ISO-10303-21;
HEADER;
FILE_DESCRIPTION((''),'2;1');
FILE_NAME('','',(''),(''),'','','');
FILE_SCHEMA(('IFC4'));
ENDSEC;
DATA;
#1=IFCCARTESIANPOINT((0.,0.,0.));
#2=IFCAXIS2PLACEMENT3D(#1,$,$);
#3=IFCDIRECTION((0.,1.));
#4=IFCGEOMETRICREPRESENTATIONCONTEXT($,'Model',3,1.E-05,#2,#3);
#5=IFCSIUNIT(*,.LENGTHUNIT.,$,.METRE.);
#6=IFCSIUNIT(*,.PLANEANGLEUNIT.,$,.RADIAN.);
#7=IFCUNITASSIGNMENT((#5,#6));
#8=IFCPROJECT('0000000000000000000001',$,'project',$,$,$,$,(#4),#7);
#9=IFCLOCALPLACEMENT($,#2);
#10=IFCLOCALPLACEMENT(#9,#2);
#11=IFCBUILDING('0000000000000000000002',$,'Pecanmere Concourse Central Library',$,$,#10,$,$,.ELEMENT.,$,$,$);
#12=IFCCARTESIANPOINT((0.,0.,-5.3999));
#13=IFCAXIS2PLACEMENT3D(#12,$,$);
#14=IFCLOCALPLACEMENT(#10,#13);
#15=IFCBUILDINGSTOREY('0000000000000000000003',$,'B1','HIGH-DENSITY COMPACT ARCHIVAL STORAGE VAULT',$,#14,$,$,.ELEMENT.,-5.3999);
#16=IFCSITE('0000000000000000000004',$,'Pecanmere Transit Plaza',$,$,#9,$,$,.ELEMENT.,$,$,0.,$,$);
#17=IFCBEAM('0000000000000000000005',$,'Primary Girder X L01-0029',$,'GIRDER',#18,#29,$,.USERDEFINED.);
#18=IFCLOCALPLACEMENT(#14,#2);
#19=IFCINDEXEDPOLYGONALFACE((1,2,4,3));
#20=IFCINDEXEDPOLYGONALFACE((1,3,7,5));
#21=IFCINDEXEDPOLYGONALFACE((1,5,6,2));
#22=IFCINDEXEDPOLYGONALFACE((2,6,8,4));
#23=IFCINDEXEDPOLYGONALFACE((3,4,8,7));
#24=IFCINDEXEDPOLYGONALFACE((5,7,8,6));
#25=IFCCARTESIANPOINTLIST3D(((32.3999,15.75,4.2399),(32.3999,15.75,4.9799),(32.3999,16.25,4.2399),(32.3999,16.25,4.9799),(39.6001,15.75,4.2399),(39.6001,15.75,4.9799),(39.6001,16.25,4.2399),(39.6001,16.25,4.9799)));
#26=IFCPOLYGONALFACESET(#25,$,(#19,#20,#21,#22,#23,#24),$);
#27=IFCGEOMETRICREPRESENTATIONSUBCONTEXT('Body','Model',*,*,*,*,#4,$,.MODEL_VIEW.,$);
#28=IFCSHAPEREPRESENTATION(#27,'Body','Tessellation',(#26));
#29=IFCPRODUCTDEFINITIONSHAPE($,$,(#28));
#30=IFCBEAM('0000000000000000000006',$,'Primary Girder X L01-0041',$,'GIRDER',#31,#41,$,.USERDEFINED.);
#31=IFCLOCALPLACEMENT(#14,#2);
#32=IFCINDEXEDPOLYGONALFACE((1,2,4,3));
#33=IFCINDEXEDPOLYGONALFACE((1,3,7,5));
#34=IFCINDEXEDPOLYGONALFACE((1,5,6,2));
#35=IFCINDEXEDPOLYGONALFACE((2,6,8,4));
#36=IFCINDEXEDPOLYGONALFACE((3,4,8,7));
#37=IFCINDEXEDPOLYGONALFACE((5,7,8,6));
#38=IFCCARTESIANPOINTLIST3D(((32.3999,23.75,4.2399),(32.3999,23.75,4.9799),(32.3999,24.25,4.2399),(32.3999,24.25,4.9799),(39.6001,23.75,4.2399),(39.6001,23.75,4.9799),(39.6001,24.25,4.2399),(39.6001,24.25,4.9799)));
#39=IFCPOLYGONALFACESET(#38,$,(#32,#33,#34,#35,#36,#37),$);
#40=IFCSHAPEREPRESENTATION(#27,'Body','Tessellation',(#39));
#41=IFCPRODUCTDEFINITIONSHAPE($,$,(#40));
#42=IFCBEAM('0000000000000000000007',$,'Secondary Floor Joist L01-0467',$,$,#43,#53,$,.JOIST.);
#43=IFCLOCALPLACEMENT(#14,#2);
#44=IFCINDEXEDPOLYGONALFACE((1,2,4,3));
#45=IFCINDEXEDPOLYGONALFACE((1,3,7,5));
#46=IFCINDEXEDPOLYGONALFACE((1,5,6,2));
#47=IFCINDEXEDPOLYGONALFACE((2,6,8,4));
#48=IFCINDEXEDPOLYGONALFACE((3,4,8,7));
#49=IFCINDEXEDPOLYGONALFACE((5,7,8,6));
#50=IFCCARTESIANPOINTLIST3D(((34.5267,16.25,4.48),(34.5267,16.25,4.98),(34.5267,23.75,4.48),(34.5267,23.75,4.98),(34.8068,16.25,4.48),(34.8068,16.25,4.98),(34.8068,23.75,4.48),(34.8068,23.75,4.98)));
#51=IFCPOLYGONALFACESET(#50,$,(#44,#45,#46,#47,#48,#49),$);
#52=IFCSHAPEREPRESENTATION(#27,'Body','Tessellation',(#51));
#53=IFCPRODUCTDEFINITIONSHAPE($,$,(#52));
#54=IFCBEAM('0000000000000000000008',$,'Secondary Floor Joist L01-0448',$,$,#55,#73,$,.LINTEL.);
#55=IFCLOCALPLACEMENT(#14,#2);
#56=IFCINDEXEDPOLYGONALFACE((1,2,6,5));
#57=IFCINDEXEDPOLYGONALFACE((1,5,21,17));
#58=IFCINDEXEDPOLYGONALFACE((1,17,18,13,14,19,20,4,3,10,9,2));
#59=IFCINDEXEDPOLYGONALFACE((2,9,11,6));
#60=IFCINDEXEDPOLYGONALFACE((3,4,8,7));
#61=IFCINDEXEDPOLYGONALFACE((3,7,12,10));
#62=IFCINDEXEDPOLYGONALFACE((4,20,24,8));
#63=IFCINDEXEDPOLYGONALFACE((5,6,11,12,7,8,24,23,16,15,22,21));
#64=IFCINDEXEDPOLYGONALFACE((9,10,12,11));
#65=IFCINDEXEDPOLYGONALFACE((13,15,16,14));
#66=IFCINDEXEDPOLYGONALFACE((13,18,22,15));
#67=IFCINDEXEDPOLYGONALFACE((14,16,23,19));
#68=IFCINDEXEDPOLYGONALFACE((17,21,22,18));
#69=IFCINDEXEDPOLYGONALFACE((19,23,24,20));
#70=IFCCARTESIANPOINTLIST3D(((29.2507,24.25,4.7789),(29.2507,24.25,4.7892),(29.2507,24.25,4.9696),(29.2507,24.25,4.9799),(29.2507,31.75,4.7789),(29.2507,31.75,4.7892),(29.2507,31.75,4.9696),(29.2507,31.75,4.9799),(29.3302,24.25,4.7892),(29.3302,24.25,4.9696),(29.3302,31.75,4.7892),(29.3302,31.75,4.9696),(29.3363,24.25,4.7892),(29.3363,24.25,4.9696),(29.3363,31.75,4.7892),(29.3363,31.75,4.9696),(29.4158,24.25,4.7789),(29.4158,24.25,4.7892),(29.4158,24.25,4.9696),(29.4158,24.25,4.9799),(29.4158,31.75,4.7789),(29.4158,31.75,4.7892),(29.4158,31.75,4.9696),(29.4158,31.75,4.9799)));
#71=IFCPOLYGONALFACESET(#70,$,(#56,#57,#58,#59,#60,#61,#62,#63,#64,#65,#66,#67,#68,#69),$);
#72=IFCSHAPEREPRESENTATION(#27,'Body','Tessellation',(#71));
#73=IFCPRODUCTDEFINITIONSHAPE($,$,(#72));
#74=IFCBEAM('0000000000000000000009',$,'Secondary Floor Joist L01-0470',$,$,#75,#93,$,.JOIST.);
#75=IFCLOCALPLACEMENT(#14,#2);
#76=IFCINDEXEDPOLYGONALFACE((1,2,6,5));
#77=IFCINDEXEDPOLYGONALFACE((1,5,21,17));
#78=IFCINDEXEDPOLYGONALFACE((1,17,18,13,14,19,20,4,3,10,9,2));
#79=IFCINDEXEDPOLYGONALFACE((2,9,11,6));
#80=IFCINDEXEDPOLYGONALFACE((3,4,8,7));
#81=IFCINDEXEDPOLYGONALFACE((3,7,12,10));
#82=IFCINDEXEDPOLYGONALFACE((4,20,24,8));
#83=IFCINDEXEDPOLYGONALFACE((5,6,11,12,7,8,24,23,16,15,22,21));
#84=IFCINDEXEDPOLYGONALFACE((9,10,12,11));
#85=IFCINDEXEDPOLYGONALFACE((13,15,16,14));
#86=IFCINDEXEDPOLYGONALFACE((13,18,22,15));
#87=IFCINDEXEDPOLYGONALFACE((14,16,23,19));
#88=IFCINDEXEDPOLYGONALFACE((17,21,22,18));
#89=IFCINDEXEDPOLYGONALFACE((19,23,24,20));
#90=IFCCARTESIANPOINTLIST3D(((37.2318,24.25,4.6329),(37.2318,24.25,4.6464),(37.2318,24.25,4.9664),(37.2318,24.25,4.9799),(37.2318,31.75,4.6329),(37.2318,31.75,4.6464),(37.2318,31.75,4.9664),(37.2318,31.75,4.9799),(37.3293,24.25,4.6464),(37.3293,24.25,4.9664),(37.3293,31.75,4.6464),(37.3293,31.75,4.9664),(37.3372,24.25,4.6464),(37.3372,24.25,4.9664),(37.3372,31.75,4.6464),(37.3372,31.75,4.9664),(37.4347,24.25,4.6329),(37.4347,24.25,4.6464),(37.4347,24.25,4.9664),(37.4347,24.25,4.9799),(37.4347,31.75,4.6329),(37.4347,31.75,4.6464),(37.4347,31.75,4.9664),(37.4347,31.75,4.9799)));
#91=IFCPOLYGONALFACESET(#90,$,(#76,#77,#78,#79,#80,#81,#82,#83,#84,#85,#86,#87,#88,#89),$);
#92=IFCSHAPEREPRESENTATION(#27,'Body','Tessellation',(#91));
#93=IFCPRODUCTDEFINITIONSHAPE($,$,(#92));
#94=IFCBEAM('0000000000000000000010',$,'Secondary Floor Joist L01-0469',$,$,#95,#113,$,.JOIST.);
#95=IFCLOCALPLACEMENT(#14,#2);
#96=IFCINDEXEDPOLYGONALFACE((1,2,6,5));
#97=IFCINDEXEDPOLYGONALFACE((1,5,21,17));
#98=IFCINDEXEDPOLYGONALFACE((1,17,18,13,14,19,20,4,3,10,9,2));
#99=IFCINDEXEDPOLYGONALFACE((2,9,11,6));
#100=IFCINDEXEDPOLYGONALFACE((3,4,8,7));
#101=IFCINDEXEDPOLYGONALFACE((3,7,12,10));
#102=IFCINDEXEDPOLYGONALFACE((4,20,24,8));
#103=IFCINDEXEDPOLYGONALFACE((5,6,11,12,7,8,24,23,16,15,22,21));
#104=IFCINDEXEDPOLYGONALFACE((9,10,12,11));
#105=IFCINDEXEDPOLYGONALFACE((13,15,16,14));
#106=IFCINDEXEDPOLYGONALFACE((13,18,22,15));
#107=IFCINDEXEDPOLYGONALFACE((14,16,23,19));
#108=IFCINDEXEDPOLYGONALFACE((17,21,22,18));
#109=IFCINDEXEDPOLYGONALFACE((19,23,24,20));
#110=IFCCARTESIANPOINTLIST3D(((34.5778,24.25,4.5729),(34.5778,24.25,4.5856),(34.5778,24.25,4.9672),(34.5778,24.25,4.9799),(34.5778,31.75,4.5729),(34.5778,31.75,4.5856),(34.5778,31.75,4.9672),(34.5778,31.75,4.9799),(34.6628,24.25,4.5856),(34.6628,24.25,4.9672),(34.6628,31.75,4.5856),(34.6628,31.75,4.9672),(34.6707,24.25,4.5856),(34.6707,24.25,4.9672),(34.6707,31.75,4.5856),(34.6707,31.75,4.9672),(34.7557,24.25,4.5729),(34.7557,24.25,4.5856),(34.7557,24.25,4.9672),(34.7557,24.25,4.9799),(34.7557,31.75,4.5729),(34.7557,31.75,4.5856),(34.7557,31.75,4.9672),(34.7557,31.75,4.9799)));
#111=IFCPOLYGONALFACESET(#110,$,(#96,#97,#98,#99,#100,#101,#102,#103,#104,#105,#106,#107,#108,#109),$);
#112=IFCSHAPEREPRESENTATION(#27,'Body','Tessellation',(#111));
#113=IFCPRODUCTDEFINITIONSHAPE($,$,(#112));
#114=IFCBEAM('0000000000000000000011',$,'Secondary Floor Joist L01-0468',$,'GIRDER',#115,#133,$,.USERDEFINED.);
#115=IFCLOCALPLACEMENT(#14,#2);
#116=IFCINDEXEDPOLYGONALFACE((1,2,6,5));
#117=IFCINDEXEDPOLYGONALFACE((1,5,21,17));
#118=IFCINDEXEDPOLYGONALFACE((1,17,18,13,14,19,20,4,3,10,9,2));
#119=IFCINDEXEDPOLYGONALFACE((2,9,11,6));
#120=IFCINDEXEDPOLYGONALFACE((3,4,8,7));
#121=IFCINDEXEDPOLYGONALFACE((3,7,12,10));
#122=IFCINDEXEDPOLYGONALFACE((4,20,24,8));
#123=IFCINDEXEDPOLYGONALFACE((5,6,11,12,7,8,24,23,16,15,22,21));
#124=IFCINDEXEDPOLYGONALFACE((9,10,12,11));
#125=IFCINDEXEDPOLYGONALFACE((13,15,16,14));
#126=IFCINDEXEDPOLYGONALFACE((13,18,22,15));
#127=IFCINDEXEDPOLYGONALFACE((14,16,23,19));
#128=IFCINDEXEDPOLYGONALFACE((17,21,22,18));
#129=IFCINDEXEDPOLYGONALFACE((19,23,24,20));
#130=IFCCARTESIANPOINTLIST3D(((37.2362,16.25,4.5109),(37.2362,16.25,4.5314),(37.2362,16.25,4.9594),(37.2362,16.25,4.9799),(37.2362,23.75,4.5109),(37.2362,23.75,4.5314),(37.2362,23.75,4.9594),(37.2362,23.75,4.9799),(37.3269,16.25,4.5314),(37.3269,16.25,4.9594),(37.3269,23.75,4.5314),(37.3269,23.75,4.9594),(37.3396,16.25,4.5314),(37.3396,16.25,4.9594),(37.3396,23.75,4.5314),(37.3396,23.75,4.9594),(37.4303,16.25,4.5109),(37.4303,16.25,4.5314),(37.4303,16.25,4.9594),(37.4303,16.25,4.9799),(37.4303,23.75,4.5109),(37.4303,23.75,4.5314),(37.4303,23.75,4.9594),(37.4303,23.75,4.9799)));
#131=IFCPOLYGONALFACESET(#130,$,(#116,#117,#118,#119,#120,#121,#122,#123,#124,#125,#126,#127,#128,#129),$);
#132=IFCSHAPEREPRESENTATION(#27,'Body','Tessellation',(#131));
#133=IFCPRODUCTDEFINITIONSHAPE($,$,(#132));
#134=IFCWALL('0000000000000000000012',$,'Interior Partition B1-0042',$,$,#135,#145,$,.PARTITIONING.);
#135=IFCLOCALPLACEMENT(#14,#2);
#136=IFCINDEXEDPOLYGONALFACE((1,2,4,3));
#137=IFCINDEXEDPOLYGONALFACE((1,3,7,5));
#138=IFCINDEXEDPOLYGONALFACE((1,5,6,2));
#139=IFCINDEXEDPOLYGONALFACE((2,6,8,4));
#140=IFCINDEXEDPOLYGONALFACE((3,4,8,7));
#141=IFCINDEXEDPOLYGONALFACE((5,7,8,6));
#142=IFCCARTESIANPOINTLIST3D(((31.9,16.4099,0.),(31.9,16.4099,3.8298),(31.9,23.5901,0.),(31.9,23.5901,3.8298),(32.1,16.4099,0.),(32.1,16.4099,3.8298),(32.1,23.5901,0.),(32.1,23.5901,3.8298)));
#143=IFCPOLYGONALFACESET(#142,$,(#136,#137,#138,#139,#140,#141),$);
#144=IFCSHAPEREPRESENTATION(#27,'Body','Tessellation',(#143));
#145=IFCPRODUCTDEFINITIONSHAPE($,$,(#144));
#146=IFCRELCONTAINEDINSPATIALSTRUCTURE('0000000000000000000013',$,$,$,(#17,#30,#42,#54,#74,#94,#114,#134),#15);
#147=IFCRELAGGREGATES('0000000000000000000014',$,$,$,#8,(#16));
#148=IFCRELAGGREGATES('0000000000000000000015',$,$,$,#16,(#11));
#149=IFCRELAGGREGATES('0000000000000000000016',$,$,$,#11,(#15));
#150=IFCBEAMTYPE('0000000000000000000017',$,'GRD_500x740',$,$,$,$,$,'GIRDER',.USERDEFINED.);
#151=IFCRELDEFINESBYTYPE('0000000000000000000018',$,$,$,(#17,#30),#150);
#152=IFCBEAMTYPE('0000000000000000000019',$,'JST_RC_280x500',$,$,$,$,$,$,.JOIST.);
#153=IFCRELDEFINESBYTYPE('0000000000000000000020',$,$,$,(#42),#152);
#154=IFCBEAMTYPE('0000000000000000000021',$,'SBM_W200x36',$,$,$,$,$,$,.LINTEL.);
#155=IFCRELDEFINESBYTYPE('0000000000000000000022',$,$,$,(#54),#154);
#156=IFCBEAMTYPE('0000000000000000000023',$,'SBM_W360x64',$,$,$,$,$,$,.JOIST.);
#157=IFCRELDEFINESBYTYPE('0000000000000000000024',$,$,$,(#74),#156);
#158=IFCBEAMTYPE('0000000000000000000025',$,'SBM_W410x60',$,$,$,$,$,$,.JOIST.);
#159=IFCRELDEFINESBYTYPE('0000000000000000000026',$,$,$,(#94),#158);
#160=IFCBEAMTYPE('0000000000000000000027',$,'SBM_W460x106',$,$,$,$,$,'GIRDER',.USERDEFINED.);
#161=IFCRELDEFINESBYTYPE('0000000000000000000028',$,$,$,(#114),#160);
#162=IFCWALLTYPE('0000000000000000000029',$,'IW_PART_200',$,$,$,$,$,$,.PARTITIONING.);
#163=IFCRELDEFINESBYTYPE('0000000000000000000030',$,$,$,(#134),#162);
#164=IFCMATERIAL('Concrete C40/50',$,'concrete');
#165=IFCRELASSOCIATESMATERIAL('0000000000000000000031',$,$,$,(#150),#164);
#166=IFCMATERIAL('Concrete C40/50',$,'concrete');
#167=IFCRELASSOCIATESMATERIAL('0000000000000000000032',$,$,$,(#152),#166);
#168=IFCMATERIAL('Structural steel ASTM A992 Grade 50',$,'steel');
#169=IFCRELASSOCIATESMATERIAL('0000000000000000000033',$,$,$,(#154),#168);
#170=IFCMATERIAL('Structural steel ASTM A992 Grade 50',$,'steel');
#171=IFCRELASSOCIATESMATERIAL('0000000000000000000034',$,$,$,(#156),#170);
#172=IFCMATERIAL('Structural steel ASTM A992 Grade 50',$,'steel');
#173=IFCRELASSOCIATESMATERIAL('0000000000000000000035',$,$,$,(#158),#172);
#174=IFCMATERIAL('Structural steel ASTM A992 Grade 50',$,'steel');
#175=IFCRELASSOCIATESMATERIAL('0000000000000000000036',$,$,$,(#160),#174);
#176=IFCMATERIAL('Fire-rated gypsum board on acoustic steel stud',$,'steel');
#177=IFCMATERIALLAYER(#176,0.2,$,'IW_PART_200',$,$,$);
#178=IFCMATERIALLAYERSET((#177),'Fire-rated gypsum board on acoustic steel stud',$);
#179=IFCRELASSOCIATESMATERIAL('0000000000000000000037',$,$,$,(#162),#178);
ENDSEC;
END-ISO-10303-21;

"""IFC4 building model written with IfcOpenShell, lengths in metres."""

from ifc_helpers import new_model, si_unit, direction, frame, frame_2d, origin, origin_2d, place, context, subcontext, project, spatial, rectangle, i_section, extrude, material, layer, layer_set, material_profile, profile_set, type_object, element, save


model = new_model("IFC4")

# Units and contexts
model_context = context("Model", 3, precision=1e-05, world=origin(), true_north=direction((0.0, 1.0)))
body_context = subcontext(model_context, "Body", "Model", "MODEL_VIEW")
ifc_project = project(units=[si_unit("LENGTHUNIT", "METRE"), si_unit("PLANEANGLEUNIT", "RADIAN")], contexts=[model_context])

# Site, building, storey
site_placement = place(None, origin())
site = spatial("IfcSite", under=ifc_project, at=site_placement, Name="Pecanmere Transit Plaza", CompositionType="ELEMENT", RefElevation=0.0)
building_placement = place(site_placement, origin())
building = spatial("IfcBuilding", under=site, at=building_placement, Name="Pecanmere Concourse Central Library", CompositionType="ELEMENT")
storey_placement = place(building_placement, frame((0.0, 0.0, -5.3999)))
storey = spatial("IfcBuildingStorey", under=building, at=storey_placement, Name="B1", Description="HIGH-DENSITY COMPACT ARCHIVAL STORAGE VAULT", CompositionType="ELEMENT", Elevation=-5.3999)

# Beams
ifc_material_1 = material(Name="Concrete C40/50", Category="concrete")
ifc_material_profile_1 = material_profile(ifc_material_1, rectangle(XDim=0.5, YDim=0.74, at=origin_2d()), Name="RC 500x740")
ifc_profile_set_1 = profile_set([ifc_material_profile_1], Name="Concrete C40/50")
beam_type_1 = type_object("IfcBeamType", Name="GRD_500x740", ElementType="GIRDER", PredefinedType="USERDEFINED", material=ifc_profile_set_1)
for number, where, z_axis, x_axis, name in (
    (1, (32.3999, 16.0, 4.6099), (1.0, 0.0, 0.0), (0.0, 1.0, 0.0), "Primary Girder X L01-0029"),
    (2, (32.3999, 24.0, 4.6099), (1.0, 0.0, 0.0), (0.0, 1.0, 0.0), "Primary Girder X L01-0041"),
):
    element("IfcBeam", number, at=place(storey_placement, frame(where, z_axis=z_axis, x_axis=x_axis)), inside=storey, type_object=beam_type_1, Name=name, ObjectType="GIRDER", PredefinedType="USERDEFINED", context=body_context, shape_type="SweptSolid", body=[
        extrude(rectangle(XDim=0.5, YDim=0.74, at=origin_2d()), origin(), (0.0, 0.0, 1.0), 7.2002),
    ])
ifc_material_2 = material(Name="Concrete C40/50", Category="concrete")
ifc_material_profile_2 = material_profile(ifc_material_2, rectangle(XDim=0.28, YDim=0.5, at=origin_2d()), Name="RC 280x500")
ifc_profile_set_2 = profile_set([ifc_material_profile_2], Name="Concrete C40/50")
beam_type_2 = type_object("IfcBeamType", Name="JST_RC_280x500", PredefinedType="JOIST", material=ifc_profile_set_2)
beam_1_placement = place(storey_placement, frame((34.6667, 16.25, 4.73), z_axis=(0.0, 1.0, 0.0), x_axis=(-1.0, 0.0, 0.0)))
element("IfcBeam", 3, at=beam_1_placement, inside=storey, type_object=beam_type_2, Name="Secondary Floor Joist L01-0467", PredefinedType="JOIST", context=body_context, shape_type="SweptSolid", body=[
    extrude(rectangle(XDim=0.28, YDim=0.5, at=origin_2d()), origin(), (0.0, 0.0, 1.0), 7.5),
])
ifc_material_3 = material(Name="Structural steel ASTM A992 Grade 50", Category="steel")
ifc_material_profile_3 = material_profile(ifc_material_3, i_section(OverallWidth=0.165, OverallDepth=0.2009, WebThickness=0.0061, FlangeThickness=0.0103, at=origin_2d()), Name="W200x35.9")
ifc_profile_set_3 = profile_set([ifc_material_profile_3], Name="Structural steel ASTM A992 Grade 50")
beam_type_3 = type_object("IfcBeamType", Name="SBM_W200x36", PredefinedType="LINTEL", material=ifc_profile_set_3)
beam_2_placement = place(storey_placement, frame((29.3333, 24.25, 4.8794), z_axis=(0.0, 1.0, 0.0), x_axis=(-1.0, 0.0, 0.0)))
element("IfcBeam", 4, at=beam_2_placement, inside=storey, type_object=beam_type_3, Name="Secondary Floor Joist L01-0448", PredefinedType="LINTEL", context=body_context, shape_type="SweptSolid", body=[
    extrude(i_section(OverallWidth=0.165, OverallDepth=0.2009, WebThickness=0.0061, FlangeThickness=0.0103, at=origin_2d()), origin(), (0.0, 0.0, 1.0), 7.5),
])
ifc_material_4 = material(Name="Structural steel ASTM A992 Grade 50", Category="steel")
ifc_material_profile_4 = material_profile(ifc_material_4, i_section(OverallWidth=0.2029, OverallDepth=0.3469, WebThickness=0.0078, FlangeThickness=0.0134, at=origin_2d()), Name="W360x64")
ifc_profile_set_4 = profile_set([ifc_material_profile_4], Name="Structural steel ASTM A992 Grade 50")
beam_type_4 = type_object("IfcBeamType", Name="SBM_W360x64", PredefinedType="JOIST", material=ifc_profile_set_4)
beam_3_placement = place(storey_placement, frame((37.3333, 24.25, 4.8064), z_axis=(0.0, 1.0, 0.0), x_axis=(-1.0, 0.0, 0.0)))
element("IfcBeam", 5, at=beam_3_placement, inside=storey, type_object=beam_type_4, Name="Secondary Floor Joist L01-0470", PredefinedType="JOIST", context=body_context, shape_type="SweptSolid", body=[
    extrude(i_section(OverallWidth=0.2029, OverallDepth=0.3469, WebThickness=0.0078, FlangeThickness=0.0134, at=origin_2d()), origin(), (0.0, 0.0, 1.0), 7.5),
])
ifc_material_5 = material(Name="Structural steel ASTM A992 Grade 50", Category="steel")
ifc_material_profile_5 = material_profile(ifc_material_5, i_section(OverallWidth=0.178, OverallDepth=0.407, WebThickness=0.0078, FlangeThickness=0.0127, at=origin_2d()), Name="W410x60")
ifc_profile_set_5 = profile_set([ifc_material_profile_5], Name="Structural steel ASTM A992 Grade 50")
beam_type_5 = type_object("IfcBeamType", Name="SBM_W410x60", PredefinedType="JOIST", material=ifc_profile_set_5)
beam_4_placement = place(storey_placement, frame((34.6667, 24.25, 4.7764), z_axis=(0.0, 1.0, 0.0), x_axis=(-1.0, 0.0, 0.0)))
element("IfcBeam", 6, at=beam_4_placement, inside=storey, type_object=beam_type_5, Name="Secondary Floor Joist L01-0469", PredefinedType="JOIST", context=body_context, shape_type="SweptSolid", body=[
    extrude(i_section(OverallWidth=0.178, OverallDepth=0.407, WebThickness=0.0078, FlangeThickness=0.0127, at=origin_2d()), origin(), (0.0, 0.0, 1.0), 7.5),
])
ifc_material_6 = material(Name="Structural steel ASTM A992 Grade 50", Category="steel")
ifc_material_profile_6 = material_profile(ifc_material_6, i_section(OverallWidth=0.1941, OverallDepth=0.469, WebThickness=0.0127, FlangeThickness=0.0205, at=origin_2d()), Name="W460x106")
ifc_profile_set_6 = profile_set([ifc_material_profile_6], Name="Structural steel ASTM A992 Grade 50")
beam_type_6 = type_object("IfcBeamType", Name="SBM_W460x106", ElementType="GIRDER", PredefinedType="USERDEFINED", material=ifc_profile_set_6)
beam_5_placement = place(storey_placement, frame((37.3333, 16.25, 4.7454), z_axis=(0.0, 1.0, 0.0), x_axis=(-1.0, 0.0, 0.0)))
element("IfcBeam", 7, at=beam_5_placement, inside=storey, type_object=beam_type_6, Name="Secondary Floor Joist L01-0468", ObjectType="GIRDER", PredefinedType="USERDEFINED", context=body_context, shape_type="SweptSolid", body=[
    extrude(i_section(OverallWidth=0.1941, OverallDepth=0.469, WebThickness=0.0127, FlangeThickness=0.0205, at=origin_2d()), origin(), (0.0, 0.0, 1.0), 7.5),
])

# Wall
ifc_material_7 = material(Name="Fire-rated gypsum board on acoustic steel stud", Category="steel")
ifc_layer = layer(ifc_material_7, 0.2, Name="IW_PART_200")
ifc_layer_set = layer_set([ifc_layer], Name="Fire-rated gypsum board on acoustic steel stud")
wall_type = type_object("IfcWallType", Name="IW_PART_200", PredefinedType="PARTITIONING", material=ifc_layer_set)
wall_placement = place(storey_placement, frame((32.0, 16.4099, 0.0), z_axis=(0.0, 0.0, 1.0), x_axis=(0.0, 1.0, 0.0)))
element("IfcWall", 8, at=wall_placement, inside=storey, type_object=wall_type, Name="Interior Partition B1-0042", PredefinedType="PARTITIONING", context=body_context, shape_type="SweptSolid", body=[
    extrude(rectangle(XDim=7.1802, YDim=0.2, at=frame_2d((3.5901, 0.0))), origin(), (0.0, 0.0, 1.0), 3.8298),
])

save(model, "model.ifc")
